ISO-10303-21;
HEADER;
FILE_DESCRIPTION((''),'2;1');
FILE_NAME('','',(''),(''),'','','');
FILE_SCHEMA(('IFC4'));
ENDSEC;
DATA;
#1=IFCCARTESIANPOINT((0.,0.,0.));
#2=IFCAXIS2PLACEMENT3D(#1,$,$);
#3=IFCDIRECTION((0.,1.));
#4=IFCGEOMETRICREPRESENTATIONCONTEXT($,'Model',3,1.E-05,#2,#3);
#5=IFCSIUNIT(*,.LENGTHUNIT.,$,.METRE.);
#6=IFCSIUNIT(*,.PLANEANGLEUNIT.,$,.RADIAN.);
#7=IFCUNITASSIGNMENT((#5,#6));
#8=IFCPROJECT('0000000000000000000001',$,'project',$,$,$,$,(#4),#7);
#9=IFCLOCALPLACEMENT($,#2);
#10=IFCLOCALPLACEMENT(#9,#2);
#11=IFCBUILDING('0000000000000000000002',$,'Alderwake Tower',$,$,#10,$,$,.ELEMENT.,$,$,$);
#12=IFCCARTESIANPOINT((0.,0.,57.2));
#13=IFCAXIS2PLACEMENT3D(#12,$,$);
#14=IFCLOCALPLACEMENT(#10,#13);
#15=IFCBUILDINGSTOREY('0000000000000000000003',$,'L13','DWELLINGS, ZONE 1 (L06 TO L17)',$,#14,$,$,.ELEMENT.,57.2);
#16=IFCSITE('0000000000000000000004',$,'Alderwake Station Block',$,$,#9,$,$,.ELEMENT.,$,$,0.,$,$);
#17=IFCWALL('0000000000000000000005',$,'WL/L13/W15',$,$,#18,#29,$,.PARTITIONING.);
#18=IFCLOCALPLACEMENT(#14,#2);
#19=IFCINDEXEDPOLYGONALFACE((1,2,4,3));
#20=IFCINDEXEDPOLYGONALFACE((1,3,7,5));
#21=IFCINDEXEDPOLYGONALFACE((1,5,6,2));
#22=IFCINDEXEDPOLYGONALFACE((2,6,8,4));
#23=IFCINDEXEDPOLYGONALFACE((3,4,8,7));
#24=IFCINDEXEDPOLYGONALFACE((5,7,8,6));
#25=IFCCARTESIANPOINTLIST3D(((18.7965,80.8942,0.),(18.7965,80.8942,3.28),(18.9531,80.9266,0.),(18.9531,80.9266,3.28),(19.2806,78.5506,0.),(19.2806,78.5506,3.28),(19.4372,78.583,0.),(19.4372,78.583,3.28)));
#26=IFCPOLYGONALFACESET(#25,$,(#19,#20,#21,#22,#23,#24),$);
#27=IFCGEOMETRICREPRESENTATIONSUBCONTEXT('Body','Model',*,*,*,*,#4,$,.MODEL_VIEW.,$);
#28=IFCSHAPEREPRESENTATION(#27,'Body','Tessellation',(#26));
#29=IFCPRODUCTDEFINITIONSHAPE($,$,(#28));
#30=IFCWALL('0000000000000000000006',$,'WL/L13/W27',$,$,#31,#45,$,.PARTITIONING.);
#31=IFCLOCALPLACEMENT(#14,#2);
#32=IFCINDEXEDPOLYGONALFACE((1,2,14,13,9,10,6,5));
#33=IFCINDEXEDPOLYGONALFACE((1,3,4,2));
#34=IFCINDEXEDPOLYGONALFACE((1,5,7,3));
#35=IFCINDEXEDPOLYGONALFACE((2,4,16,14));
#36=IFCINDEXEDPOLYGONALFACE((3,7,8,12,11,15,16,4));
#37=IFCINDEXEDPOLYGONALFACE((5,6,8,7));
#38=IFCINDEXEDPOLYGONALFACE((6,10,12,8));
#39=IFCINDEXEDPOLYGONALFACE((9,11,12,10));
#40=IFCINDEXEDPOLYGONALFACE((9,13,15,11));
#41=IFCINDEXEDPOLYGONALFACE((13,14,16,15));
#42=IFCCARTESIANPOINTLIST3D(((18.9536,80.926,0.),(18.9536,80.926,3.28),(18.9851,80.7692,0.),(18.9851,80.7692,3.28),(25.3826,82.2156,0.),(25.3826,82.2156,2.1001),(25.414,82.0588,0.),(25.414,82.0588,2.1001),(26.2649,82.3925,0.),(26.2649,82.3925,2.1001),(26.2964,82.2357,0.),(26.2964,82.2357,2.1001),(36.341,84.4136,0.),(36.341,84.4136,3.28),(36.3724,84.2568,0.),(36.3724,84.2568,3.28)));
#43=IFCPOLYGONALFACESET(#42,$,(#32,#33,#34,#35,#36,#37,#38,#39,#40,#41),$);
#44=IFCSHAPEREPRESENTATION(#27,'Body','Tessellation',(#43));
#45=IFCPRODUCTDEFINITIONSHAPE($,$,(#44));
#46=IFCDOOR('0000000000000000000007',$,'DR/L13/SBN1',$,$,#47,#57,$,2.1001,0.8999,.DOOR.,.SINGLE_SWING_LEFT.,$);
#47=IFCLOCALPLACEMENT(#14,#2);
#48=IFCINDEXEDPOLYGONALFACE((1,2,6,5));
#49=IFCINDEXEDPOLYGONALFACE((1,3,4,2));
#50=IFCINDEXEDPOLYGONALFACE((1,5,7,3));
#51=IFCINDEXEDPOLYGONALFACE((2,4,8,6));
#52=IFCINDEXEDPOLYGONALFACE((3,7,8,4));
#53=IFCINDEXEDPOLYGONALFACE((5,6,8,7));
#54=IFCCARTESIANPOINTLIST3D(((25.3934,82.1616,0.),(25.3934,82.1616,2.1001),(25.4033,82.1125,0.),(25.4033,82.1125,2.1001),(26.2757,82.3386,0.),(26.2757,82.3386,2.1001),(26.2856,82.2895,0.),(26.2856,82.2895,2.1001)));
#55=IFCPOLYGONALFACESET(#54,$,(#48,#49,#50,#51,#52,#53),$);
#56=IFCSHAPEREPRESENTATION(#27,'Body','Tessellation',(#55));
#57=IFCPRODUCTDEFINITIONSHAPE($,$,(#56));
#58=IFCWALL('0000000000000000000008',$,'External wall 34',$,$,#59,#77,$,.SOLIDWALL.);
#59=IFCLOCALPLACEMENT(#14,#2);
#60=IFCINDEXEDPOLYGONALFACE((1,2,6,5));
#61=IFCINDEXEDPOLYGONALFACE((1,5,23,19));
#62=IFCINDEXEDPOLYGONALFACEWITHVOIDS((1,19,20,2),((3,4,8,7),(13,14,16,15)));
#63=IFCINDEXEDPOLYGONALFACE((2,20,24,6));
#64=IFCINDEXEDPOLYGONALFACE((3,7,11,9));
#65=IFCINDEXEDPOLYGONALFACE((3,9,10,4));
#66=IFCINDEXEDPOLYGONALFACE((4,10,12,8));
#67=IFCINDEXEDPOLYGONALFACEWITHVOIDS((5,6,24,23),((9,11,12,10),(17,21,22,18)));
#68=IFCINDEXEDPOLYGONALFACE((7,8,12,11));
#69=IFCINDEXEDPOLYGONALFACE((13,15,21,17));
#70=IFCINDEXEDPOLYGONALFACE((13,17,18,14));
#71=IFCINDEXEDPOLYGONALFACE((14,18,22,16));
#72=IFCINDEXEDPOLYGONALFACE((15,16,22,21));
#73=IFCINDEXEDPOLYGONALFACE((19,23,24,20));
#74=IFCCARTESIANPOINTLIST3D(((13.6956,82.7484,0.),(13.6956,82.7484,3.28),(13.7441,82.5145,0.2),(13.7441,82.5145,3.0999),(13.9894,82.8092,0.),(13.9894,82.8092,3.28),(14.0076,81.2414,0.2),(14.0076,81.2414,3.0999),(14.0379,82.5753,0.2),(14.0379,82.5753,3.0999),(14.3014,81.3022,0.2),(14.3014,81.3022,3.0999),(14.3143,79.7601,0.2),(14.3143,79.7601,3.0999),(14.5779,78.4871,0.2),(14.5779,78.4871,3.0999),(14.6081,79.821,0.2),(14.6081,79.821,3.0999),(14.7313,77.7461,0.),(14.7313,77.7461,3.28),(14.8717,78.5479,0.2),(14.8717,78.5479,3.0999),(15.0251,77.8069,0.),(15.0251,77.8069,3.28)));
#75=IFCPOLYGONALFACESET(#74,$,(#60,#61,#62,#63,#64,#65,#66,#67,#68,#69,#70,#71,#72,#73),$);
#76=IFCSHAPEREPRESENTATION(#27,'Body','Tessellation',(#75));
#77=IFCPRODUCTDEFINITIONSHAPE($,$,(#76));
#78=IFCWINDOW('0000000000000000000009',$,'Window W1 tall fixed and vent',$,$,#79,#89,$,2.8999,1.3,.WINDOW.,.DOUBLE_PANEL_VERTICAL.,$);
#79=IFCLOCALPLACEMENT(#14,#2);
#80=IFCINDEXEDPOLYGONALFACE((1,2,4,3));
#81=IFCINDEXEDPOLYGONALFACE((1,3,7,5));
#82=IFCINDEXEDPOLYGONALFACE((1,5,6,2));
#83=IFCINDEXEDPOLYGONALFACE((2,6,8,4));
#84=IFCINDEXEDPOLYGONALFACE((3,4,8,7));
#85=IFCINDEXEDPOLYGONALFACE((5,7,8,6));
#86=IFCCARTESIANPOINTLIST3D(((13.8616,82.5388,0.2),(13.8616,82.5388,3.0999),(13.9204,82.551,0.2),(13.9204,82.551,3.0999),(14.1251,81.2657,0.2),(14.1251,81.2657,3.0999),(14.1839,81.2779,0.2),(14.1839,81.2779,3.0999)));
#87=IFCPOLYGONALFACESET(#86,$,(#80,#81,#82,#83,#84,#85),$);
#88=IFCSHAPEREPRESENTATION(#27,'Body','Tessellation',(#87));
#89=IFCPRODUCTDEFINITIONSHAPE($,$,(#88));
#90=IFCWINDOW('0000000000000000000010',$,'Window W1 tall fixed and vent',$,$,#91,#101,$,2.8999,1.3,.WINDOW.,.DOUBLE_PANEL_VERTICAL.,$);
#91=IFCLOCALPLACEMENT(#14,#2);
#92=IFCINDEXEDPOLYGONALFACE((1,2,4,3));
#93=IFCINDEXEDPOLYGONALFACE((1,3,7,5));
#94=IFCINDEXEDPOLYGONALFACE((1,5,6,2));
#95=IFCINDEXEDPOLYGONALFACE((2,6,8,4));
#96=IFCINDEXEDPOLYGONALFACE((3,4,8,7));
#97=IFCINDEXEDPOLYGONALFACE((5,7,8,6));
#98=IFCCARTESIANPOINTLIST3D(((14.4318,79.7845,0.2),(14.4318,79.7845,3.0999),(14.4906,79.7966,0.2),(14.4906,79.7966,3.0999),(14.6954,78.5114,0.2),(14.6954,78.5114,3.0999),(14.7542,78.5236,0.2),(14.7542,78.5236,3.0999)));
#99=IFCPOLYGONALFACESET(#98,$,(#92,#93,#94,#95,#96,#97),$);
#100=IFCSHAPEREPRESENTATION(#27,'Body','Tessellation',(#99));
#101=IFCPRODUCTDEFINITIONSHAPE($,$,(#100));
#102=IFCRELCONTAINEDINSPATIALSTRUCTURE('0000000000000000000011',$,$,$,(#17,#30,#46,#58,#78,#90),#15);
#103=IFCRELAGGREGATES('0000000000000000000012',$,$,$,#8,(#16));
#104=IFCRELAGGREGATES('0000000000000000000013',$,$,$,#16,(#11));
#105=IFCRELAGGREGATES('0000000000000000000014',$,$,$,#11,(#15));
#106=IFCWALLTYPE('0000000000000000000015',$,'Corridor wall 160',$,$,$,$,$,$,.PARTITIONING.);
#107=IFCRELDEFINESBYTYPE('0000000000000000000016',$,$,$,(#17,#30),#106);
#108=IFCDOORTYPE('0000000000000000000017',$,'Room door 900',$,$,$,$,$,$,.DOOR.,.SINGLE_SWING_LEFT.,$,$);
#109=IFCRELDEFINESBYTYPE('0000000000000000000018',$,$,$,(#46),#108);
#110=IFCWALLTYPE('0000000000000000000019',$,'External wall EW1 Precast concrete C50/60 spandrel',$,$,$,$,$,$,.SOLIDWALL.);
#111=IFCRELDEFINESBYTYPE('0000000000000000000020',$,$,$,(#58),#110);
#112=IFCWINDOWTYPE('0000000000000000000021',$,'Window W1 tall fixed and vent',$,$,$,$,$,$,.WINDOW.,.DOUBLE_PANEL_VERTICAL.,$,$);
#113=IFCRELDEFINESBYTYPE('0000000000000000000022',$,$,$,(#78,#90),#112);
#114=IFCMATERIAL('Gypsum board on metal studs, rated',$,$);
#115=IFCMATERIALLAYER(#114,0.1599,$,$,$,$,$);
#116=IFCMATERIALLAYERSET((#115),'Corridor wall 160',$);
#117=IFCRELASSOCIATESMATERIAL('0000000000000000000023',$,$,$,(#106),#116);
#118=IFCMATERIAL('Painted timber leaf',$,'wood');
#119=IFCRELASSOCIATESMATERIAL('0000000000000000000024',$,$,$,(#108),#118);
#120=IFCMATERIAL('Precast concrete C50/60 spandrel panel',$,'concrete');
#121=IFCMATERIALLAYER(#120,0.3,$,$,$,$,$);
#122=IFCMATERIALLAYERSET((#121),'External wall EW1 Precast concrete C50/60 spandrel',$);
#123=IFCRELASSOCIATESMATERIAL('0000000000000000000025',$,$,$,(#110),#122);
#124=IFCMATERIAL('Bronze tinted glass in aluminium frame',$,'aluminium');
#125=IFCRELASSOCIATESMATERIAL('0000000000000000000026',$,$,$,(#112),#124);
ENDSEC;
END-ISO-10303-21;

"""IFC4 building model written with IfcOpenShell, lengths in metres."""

from ifc_helpers import new_model, si_unit, direction, frame, frame_2d, origin, place, context, subcontext, project, spatial, rectangle, extrude, material, layer, layer_set, type_object, element, fill, save


model = new_model("IFC4")

# Units and contexts
model_context = context("Model", 3, precision=1e-05, world=origin(), true_north=direction((0.0, 1.0)))
body_context = subcontext(model_context, "Body", "Model", "MODEL_VIEW")
ifc_project = project(units=[si_unit("LENGTHUNIT", "METRE"), si_unit("PLANEANGLEUNIT", "RADIAN")], contexts=[model_context])

# Site, building, storey
site_placement = place(None, origin())
site = spatial("IfcSite", under=ifc_project, at=site_placement, Name="Alderwake Station Block", CompositionType="ELEMENT", RefElevation=0.0)
building_placement = place(site_placement, origin())
building = spatial("IfcBuilding", under=site, at=building_placement, Name="Alderwake Tower", CompositionType="ELEMENT")
storey_placement = place(building_placement, frame((0.0, 0.0, 57.2)))
storey = spatial("IfcBuildingStorey", under=building, at=storey_placement, Name="L13", Description="DWELLINGS, ZONE 1 (L06 TO L17)", CompositionType="ELEMENT", Elevation=57.2)

# Wall
ifc_material_1 = material(Name="Gypsum board on metal studs, rated")
ifc_layer_1 = layer(ifc_material_1, 0.1599)
ifc_layer_set_1 = layer_set([ifc_layer_1], Name="Corridor wall 160")
wall_type_1 = type_object("IfcWallType", Name="Corridor wall 160", PredefinedType="PARTITIONING", material=ifc_layer_set_1)
wall_1_placement = place(storey_placement, frame((18.8748, 80.9104, 0.0), z_axis=(0.0, 0.0, 1.0), x_axis=(0.202312, -0.979321, 0.0)))
element("IfcWall", 1, at=wall_1_placement, inside=storey, type_object=wall_type_1, Name="WL/L13/W15", PredefinedType="PARTITIONING", context=body_context, shape_type="SweptSolid", body=[
    extrude(rectangle(XDim=2.3931, YDim=0.1599, at=frame_2d((1.1965, 0.0))), origin(), (0.0, 0.0, 1.0), 3.28),
])

# Wall, opening, door
wall_2_placement = place(storey_placement, frame((18.9695, 80.8477, 0.0), z_axis=(0.0, 0.0, 1.0), x_axis=(0.980471, 0.196664, 0.0)))
wall_2 = element("IfcWall", 2, at=wall_2_placement, inside=storey, type_object=wall_type_1, Name="WL/L13/W27", PredefinedType="PARTITIONING", context=body_context, shape_type="SweptSolid", body=[
    extrude(rectangle(XDim=17.7336, YDim=0.1599, at=frame_2d((8.8667, 0.0))), origin(), (0.0, 0.0, 1.0), 3.28),
])
opening_1_placement = place(wall_2_placement, frame((6.5569, 0.0, 0.0)))
opening_1 = element("IfcOpeningElement", 3, at=opening_1_placement, cuts=wall_2, PredefinedType="OPENING", context=body_context, shape_type="SweptSolid", body=[
    extrude(rectangle(XDim=0.8999, YDim=2.1001, at=frame_2d((0.45, 1.05))), frame((0.0, 0.0898, 0.0), z_axis=(0.0, -1.0, 0.0), x_axis=(1.0, 0.0, 0.0)), (0.0, 0.0, 1.0), 0.1799),
])
ifc_material_2 = material(Name="Painted timber leaf", Category="wood")
door_type_1 = type_object("IfcDoorType", Name="Room door 900", OperationType="SINGLE_SWING_LEFT", PredefinedType="DOOR", material=ifc_material_2)
door_1_placement = place(opening_1_placement, origin())
door_1 = element("IfcDoor", 4, at=door_1_placement, inside=storey, type_object=door_type_1, Name="DR/L13/SBN1", OperationType="SINGLE_SWING_LEFT", OverallHeight=2.1001, OverallWidth=0.8999, PredefinedType="DOOR", context=body_context, shape_type="SweptSolid", body=[
    extrude(rectangle(XDim=0.8999, YDim=2.1001, at=frame_2d((0.45, 1.05))), frame((0.0, 0.0249, 0.0), z_axis=(0.0, -1.0, 0.0), x_axis=(1.0, 0.0, 0.0)), (0.0, 0.0, 1.0), 0.05),
])
fill(opening_1, door_1)

# Wall, openings, windows
ifc_material_3 = material(Name="Precast concrete C50/60 spandrel panel", Category="concrete")
ifc_layer_2 = layer(ifc_material_3, 0.3)
ifc_layer_set_2 = layer_set([ifc_layer_2], Name="External wall EW1 Precast concrete C50/60 spandrel")
wall_type_2 = type_object("IfcWallType", Name="External wall EW1 Precast concrete C50/60 spandrel", PredefinedType="SOLIDWALL", material=ifc_layer_set_2)
wall_3_placement = place(storey_placement, frame((13.8425, 82.7788, 0.0), z_axis=(0.0, 0.0, 1.0), x_axis=(0.202738, -0.979233, 0.0)))
wall_3 = element("IfcWall", 5, at=wall_3_placement, inside=storey, type_object=wall_type_2, Name="External wall 34", PredefinedType="SOLIDWALL", context=body_context, shape_type="SweptSolid", body=[
    extrude(rectangle(XDim=5.1084, YDim=0.3, at=frame_2d((2.5542, 0.0))), origin(), (0.0, 0.0, 1.0), 3.28),
])
opening_2_placement = place(wall_3_placement, frame((0.239, 0.0, 0.2)))
opening_2 = element("IfcOpeningElement", 6, at=opening_2_placement, cuts=wall_3, PredefinedType="OPENING", context=body_context, shape_type="SweptSolid", body=[
    extrude(rectangle(XDim=1.3, YDim=2.8999, at=frame_2d((0.6499, 1.45))), frame((0.0, 0.1599, 0.0), z_axis=(0.0, -1.0, 0.0), x_axis=(1.0, 0.0, 0.0)), (0.0, 0.0, 1.0), 0.3201),
])
opening_3_placement = place(wall_3_placement, frame((3.0518, 0.0, 0.2)))
opening_3 = element("IfcOpeningElement", 7, at=opening_3_placement, cuts=wall_3, PredefinedType="OPENING", context=body_context, shape_type="SweptSolid", body=[
    extrude(rectangle(XDim=1.3, YDim=2.8999, at=frame_2d((0.6499, 1.45))), frame((0.0, 0.1599, 0.0), z_axis=(0.0, -1.0, 0.0), x_axis=(1.0, 0.0, 0.0)), (0.0, 0.0, 1.0), 0.3201),
])
ifc_material_4 = material(Name="Bronze tinted glass in aluminium frame", Category="aluminium")
window_type = type_object("IfcWindowType", Name="Window W1 tall fixed and vent", PartitioningType="DOUBLE_PANEL_VERTICAL", PredefinedType="WINDOW", material=ifc_material_4)
window_1_placement = place(opening_2_placement, origin())
window_1 = element("IfcWindow", 8, at=window_1_placement, inside=storey, type_object=window_type, Name="Window W1 tall fixed and vent", OverallHeight=2.8999, OverallWidth=1.3, PartitioningType="DOUBLE_PANEL_VERTICAL", PredefinedType="WINDOW", context=body_context, shape_type="SweptSolid", body=[
    extrude(rectangle(XDim=1.3, YDim=2.8999, at=frame_2d((0.6499, 1.45))), frame((0.0, 0.03, 0.0), z_axis=(0.0, -1.0, 0.0), x_axis=(1.0, 0.0, 0.0)), (0.0, 0.0, 1.0), 0.0601),
])
fill(opening_2, window_1)
window_2_placement = place(opening_3_placement, origin())
window_2 = element("IfcWindow", 9, at=window_2_placement, inside=storey, type_object=window_type, Name="Window W1 tall fixed and vent", OverallHeight=2.8999, OverallWidth=1.3, PartitioningType="DOUBLE_PANEL_VERTICAL", PredefinedType="WINDOW", context=body_context, shape_type="SweptSolid", body=[
    extrude(rectangle(XDim=1.3, YDim=2.8999, at=frame_2d((0.6499, 1.45))), frame((0.0, 0.03, 0.0), z_axis=(0.0, -1.0, 0.0), x_axis=(1.0, 0.0, 0.0)), (0.0, 0.0, 1.0), 0.0601),
])
fill(opening_3, window_2)

save(model, "model.ifc")
